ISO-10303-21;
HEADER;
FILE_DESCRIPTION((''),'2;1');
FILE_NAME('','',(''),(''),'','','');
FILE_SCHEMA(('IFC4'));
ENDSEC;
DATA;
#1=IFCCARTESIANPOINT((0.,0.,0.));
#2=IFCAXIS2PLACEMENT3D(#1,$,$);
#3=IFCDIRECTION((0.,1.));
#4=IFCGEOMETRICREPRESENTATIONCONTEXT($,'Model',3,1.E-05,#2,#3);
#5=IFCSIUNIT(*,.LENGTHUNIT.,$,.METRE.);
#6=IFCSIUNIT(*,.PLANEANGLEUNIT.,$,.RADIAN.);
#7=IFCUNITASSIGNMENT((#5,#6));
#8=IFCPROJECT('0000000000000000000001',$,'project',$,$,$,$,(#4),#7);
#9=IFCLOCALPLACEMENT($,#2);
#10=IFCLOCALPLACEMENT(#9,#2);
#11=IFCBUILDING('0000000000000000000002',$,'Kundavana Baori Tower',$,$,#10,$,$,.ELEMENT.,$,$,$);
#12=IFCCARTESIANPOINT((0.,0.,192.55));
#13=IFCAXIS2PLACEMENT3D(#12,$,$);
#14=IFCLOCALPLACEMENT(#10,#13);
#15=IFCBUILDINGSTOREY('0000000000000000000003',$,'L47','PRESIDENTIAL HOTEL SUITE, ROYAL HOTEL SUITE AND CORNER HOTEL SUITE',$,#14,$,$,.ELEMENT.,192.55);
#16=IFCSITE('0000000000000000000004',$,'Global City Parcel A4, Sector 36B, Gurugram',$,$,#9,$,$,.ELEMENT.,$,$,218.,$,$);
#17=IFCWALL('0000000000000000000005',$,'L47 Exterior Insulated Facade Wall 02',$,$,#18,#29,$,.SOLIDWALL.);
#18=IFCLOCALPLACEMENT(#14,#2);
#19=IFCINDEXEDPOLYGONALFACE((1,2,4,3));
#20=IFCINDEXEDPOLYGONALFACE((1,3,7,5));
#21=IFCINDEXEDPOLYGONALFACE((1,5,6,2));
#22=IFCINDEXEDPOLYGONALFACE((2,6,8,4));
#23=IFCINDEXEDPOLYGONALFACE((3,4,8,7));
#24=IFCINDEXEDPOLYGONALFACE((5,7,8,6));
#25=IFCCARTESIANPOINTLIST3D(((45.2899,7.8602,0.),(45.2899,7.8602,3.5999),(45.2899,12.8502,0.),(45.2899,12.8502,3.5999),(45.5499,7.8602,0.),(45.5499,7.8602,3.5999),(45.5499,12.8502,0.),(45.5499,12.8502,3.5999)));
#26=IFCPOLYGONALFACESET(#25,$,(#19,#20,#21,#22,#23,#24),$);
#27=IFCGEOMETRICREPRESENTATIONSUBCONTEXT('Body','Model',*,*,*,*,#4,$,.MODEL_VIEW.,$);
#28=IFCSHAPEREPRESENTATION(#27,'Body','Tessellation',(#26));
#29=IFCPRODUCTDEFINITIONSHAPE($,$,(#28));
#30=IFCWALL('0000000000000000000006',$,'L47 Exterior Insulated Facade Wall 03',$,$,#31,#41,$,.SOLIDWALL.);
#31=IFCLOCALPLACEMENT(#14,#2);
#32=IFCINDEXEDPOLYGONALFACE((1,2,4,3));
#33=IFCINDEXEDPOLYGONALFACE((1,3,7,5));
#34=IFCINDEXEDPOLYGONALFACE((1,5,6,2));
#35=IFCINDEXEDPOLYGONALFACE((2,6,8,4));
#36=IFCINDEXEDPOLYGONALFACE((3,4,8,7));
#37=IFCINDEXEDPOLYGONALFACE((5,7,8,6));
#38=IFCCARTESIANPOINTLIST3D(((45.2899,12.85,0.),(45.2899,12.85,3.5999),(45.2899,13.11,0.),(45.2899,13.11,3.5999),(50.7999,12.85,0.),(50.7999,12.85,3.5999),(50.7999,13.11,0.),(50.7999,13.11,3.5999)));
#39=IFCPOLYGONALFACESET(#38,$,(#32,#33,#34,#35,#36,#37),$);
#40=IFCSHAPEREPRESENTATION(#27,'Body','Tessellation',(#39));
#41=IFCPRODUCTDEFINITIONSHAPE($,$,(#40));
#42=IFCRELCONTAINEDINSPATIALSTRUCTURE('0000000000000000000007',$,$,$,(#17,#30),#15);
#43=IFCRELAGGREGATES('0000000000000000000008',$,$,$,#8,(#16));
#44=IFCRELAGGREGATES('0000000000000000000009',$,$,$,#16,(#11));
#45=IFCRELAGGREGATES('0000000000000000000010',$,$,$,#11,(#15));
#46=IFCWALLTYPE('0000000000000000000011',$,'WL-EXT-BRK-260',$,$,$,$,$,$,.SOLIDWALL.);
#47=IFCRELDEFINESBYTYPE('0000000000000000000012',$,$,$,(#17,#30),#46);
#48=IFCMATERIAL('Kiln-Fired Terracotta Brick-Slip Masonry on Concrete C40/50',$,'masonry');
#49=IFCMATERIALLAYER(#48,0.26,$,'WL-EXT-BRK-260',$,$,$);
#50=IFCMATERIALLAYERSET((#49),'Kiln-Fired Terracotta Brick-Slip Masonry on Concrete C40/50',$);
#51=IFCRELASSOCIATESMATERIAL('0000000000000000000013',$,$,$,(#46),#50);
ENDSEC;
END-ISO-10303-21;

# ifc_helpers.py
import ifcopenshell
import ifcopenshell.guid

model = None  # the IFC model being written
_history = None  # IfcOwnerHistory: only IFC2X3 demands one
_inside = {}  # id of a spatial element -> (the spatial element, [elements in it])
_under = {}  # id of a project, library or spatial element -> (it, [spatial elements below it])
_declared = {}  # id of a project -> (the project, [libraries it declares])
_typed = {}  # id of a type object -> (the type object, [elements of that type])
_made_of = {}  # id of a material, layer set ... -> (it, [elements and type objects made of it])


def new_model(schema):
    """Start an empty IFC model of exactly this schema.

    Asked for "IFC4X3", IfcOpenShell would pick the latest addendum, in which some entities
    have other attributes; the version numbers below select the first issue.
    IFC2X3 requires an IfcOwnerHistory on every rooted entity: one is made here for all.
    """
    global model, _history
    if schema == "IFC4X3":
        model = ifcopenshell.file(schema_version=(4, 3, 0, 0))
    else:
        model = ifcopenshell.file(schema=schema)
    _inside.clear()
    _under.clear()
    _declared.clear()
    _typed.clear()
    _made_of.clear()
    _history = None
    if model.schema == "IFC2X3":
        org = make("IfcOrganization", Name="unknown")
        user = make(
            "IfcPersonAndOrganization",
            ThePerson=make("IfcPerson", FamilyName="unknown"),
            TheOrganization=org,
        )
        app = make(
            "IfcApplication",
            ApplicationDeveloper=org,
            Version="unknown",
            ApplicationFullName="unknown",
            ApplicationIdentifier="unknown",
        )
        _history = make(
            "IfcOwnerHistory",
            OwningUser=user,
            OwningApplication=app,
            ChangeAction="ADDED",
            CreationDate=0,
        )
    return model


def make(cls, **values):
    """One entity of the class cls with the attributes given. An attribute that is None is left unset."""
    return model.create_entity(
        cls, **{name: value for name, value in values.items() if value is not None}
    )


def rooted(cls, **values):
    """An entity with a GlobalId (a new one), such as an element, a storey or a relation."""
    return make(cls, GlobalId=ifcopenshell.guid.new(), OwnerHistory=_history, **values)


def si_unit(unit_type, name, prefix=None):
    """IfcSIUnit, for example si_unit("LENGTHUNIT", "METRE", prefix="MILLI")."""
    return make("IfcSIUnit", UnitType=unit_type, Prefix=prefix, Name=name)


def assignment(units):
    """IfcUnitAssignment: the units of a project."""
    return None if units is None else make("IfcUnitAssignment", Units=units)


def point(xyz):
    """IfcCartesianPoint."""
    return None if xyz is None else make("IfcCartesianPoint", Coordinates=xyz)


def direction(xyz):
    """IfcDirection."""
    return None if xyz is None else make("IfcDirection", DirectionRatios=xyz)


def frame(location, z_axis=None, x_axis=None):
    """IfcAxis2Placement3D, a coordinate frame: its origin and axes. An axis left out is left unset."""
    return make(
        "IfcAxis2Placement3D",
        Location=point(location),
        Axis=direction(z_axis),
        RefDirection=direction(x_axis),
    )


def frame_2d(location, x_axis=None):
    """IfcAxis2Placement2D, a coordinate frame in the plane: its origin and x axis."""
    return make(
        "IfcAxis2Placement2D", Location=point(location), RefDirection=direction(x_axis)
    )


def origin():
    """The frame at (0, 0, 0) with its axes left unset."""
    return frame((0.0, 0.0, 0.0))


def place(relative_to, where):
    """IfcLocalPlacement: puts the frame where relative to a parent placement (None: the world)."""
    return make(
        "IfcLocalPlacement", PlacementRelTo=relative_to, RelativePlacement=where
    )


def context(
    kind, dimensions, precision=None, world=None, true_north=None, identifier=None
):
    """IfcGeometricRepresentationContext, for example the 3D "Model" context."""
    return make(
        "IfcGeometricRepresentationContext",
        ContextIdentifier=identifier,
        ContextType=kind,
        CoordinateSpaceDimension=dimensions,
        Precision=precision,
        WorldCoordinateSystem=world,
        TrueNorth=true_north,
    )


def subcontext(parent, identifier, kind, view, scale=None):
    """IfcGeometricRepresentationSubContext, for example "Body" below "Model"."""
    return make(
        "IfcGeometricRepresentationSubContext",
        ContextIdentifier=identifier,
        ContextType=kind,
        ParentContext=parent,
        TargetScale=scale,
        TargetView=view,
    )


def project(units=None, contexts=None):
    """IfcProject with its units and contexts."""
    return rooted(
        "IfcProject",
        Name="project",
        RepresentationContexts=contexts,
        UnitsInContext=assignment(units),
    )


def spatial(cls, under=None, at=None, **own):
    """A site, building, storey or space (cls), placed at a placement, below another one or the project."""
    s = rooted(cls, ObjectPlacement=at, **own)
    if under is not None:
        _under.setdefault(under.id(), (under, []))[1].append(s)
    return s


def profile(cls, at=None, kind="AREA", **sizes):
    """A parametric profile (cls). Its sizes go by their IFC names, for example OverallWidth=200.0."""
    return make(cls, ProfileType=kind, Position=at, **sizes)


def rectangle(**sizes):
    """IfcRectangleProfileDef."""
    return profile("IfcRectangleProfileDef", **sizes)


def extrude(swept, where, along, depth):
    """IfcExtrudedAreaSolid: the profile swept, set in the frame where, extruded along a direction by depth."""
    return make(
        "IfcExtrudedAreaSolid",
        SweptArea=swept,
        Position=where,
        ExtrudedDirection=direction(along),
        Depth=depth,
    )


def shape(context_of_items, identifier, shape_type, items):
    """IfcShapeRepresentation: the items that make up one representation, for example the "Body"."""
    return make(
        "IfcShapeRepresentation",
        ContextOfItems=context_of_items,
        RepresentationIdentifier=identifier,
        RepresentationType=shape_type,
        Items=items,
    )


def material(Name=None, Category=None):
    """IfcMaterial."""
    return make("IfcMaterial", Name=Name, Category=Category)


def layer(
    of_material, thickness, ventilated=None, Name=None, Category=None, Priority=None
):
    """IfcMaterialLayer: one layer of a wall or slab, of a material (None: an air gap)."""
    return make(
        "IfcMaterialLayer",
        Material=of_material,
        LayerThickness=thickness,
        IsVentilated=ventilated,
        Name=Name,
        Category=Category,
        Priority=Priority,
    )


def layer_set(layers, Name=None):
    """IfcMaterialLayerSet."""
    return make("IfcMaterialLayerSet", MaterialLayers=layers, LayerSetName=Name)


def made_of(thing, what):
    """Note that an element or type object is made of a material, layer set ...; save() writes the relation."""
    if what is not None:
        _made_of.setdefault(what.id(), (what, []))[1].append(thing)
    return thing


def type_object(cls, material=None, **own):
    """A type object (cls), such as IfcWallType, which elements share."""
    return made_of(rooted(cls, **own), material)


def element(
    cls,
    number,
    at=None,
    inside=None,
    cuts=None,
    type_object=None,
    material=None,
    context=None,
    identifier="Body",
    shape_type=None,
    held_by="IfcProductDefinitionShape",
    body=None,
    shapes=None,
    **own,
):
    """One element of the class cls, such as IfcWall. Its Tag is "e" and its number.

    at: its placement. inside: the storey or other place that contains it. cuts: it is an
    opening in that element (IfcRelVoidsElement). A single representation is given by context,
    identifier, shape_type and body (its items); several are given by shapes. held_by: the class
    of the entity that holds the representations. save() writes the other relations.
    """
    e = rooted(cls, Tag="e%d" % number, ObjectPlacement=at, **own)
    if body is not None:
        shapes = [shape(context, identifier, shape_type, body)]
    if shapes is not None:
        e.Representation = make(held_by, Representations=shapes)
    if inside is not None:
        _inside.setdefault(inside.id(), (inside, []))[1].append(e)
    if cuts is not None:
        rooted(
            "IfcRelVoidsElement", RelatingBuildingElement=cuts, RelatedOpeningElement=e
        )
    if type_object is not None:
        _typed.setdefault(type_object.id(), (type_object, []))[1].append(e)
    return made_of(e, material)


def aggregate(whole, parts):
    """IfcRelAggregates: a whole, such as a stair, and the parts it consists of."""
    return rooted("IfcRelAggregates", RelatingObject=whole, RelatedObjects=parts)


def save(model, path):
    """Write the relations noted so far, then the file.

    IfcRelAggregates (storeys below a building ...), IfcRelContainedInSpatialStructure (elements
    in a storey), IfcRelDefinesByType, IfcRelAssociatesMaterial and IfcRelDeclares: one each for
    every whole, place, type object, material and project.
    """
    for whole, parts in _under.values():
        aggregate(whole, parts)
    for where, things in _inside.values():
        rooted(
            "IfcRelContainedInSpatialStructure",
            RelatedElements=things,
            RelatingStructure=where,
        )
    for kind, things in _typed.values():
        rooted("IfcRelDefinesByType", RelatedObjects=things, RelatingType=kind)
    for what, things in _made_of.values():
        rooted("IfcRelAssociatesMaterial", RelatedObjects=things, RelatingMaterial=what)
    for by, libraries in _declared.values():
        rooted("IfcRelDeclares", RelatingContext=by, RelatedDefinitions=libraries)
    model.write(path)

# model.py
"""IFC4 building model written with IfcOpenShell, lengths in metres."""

from ifc_helpers import new_model, si_unit, direction, frame, frame_2d, origin, place, context, subcontext, project, spatial, rectangle, extrude, material, layer, layer_set, type_object, element, save


model = new_model("IFC4")

# Units and contexts
model_context = context("Model", 3, precision=1e-05, world=origin(), true_north=direction((0.0, 1.0)))
body_context = subcontext(model_context, "Body", "Model", "MODEL_VIEW")
ifc_project = project(units=[si_unit("LENGTHUNIT", "METRE"), si_unit("PLANEANGLEUNIT", "RADIAN")], contexts=[model_context])

# Site, building, storey
site_placement = place(None, origin())
site = spatial("IfcSite", under=ifc_project, at=site_placement, Name="Global City Parcel A4, Sector 36B, Gurugram", CompositionType="ELEMENT", RefElevation=218.0)
building_placement = place(site_placement, origin())
building = spatial("IfcBuilding", under=site, at=building_placement, Name="Kundavana Baori Tower", CompositionType="ELEMENT")
storey_placement = place(building_placement, frame((0.0, 0.0, 192.55)))
storey = spatial("IfcBuildingStorey", under=building, at=storey_placement, Name="L47", Description="PRESIDENTIAL HOTEL SUITE, ROYAL HOTEL SUITE AND CORNER HOTEL SUITE", CompositionType="ELEMENT", Elevation=192.55)

# Walls
ifc_material_1 = material(Name="Kiln-Fired Terracotta Brick-Slip Masonry on Concrete C40/50", Category="masonry")
ifc_layer = layer(ifc_material_1, 0.26, Name="WL-EXT-BRK-260")
ifc_layer_set = layer_set([ifc_layer], Name="Kiln-Fired Terracotta Brick-Slip Masonry on Concrete C40/50")
wall_type = type_object("IfcWallType", Name="WL-EXT-BRK-260", PredefinedType="SOLIDWALL", material=ifc_layer_set)
wall_1_placement = place(storey_placement, frame((45.4199, 7.8601, 0.0), z_axis=(0.0, 0.0, 1.0), x_axis=(0.0, 1.0, 0.0)))
element("IfcWall", 1, at=wall_1_placement, inside=storey, type_object=wall_type, Name="L47 Exterior Insulated Facade Wall 02", PredefinedType="SOLIDWALL", context=body_context, shape_type="SweptSolid", body=[
    extrude(rectangle(XDim=4.99, YDim=0.26, at=frame_2d((2.4951, 0.0))), origin(), (0.0, 0.0, 1.0), 3.5999),
])
wall_2_placement = place(storey_placement, frame((45.29, 12.98, 0.0), z_axis=(0.0, 0.0, 1.0), x_axis=(1.0, 0.0, 0.0)))
element("IfcWall", 2, at=wall_2_placement, inside=storey, type_object=wall_type, Name="L47 Exterior Insulated Facade Wall 03", PredefinedType="SOLIDWALL", context=body_context, shape_type="SweptSolid", body=[
    extrude(rectangle(XDim=5.51, YDim=0.26, at=frame_2d((2.7549, 0.0))), origin(), (0.0, 0.0, 1.0), 3.5999),
])

save(model, "model.ifc")
